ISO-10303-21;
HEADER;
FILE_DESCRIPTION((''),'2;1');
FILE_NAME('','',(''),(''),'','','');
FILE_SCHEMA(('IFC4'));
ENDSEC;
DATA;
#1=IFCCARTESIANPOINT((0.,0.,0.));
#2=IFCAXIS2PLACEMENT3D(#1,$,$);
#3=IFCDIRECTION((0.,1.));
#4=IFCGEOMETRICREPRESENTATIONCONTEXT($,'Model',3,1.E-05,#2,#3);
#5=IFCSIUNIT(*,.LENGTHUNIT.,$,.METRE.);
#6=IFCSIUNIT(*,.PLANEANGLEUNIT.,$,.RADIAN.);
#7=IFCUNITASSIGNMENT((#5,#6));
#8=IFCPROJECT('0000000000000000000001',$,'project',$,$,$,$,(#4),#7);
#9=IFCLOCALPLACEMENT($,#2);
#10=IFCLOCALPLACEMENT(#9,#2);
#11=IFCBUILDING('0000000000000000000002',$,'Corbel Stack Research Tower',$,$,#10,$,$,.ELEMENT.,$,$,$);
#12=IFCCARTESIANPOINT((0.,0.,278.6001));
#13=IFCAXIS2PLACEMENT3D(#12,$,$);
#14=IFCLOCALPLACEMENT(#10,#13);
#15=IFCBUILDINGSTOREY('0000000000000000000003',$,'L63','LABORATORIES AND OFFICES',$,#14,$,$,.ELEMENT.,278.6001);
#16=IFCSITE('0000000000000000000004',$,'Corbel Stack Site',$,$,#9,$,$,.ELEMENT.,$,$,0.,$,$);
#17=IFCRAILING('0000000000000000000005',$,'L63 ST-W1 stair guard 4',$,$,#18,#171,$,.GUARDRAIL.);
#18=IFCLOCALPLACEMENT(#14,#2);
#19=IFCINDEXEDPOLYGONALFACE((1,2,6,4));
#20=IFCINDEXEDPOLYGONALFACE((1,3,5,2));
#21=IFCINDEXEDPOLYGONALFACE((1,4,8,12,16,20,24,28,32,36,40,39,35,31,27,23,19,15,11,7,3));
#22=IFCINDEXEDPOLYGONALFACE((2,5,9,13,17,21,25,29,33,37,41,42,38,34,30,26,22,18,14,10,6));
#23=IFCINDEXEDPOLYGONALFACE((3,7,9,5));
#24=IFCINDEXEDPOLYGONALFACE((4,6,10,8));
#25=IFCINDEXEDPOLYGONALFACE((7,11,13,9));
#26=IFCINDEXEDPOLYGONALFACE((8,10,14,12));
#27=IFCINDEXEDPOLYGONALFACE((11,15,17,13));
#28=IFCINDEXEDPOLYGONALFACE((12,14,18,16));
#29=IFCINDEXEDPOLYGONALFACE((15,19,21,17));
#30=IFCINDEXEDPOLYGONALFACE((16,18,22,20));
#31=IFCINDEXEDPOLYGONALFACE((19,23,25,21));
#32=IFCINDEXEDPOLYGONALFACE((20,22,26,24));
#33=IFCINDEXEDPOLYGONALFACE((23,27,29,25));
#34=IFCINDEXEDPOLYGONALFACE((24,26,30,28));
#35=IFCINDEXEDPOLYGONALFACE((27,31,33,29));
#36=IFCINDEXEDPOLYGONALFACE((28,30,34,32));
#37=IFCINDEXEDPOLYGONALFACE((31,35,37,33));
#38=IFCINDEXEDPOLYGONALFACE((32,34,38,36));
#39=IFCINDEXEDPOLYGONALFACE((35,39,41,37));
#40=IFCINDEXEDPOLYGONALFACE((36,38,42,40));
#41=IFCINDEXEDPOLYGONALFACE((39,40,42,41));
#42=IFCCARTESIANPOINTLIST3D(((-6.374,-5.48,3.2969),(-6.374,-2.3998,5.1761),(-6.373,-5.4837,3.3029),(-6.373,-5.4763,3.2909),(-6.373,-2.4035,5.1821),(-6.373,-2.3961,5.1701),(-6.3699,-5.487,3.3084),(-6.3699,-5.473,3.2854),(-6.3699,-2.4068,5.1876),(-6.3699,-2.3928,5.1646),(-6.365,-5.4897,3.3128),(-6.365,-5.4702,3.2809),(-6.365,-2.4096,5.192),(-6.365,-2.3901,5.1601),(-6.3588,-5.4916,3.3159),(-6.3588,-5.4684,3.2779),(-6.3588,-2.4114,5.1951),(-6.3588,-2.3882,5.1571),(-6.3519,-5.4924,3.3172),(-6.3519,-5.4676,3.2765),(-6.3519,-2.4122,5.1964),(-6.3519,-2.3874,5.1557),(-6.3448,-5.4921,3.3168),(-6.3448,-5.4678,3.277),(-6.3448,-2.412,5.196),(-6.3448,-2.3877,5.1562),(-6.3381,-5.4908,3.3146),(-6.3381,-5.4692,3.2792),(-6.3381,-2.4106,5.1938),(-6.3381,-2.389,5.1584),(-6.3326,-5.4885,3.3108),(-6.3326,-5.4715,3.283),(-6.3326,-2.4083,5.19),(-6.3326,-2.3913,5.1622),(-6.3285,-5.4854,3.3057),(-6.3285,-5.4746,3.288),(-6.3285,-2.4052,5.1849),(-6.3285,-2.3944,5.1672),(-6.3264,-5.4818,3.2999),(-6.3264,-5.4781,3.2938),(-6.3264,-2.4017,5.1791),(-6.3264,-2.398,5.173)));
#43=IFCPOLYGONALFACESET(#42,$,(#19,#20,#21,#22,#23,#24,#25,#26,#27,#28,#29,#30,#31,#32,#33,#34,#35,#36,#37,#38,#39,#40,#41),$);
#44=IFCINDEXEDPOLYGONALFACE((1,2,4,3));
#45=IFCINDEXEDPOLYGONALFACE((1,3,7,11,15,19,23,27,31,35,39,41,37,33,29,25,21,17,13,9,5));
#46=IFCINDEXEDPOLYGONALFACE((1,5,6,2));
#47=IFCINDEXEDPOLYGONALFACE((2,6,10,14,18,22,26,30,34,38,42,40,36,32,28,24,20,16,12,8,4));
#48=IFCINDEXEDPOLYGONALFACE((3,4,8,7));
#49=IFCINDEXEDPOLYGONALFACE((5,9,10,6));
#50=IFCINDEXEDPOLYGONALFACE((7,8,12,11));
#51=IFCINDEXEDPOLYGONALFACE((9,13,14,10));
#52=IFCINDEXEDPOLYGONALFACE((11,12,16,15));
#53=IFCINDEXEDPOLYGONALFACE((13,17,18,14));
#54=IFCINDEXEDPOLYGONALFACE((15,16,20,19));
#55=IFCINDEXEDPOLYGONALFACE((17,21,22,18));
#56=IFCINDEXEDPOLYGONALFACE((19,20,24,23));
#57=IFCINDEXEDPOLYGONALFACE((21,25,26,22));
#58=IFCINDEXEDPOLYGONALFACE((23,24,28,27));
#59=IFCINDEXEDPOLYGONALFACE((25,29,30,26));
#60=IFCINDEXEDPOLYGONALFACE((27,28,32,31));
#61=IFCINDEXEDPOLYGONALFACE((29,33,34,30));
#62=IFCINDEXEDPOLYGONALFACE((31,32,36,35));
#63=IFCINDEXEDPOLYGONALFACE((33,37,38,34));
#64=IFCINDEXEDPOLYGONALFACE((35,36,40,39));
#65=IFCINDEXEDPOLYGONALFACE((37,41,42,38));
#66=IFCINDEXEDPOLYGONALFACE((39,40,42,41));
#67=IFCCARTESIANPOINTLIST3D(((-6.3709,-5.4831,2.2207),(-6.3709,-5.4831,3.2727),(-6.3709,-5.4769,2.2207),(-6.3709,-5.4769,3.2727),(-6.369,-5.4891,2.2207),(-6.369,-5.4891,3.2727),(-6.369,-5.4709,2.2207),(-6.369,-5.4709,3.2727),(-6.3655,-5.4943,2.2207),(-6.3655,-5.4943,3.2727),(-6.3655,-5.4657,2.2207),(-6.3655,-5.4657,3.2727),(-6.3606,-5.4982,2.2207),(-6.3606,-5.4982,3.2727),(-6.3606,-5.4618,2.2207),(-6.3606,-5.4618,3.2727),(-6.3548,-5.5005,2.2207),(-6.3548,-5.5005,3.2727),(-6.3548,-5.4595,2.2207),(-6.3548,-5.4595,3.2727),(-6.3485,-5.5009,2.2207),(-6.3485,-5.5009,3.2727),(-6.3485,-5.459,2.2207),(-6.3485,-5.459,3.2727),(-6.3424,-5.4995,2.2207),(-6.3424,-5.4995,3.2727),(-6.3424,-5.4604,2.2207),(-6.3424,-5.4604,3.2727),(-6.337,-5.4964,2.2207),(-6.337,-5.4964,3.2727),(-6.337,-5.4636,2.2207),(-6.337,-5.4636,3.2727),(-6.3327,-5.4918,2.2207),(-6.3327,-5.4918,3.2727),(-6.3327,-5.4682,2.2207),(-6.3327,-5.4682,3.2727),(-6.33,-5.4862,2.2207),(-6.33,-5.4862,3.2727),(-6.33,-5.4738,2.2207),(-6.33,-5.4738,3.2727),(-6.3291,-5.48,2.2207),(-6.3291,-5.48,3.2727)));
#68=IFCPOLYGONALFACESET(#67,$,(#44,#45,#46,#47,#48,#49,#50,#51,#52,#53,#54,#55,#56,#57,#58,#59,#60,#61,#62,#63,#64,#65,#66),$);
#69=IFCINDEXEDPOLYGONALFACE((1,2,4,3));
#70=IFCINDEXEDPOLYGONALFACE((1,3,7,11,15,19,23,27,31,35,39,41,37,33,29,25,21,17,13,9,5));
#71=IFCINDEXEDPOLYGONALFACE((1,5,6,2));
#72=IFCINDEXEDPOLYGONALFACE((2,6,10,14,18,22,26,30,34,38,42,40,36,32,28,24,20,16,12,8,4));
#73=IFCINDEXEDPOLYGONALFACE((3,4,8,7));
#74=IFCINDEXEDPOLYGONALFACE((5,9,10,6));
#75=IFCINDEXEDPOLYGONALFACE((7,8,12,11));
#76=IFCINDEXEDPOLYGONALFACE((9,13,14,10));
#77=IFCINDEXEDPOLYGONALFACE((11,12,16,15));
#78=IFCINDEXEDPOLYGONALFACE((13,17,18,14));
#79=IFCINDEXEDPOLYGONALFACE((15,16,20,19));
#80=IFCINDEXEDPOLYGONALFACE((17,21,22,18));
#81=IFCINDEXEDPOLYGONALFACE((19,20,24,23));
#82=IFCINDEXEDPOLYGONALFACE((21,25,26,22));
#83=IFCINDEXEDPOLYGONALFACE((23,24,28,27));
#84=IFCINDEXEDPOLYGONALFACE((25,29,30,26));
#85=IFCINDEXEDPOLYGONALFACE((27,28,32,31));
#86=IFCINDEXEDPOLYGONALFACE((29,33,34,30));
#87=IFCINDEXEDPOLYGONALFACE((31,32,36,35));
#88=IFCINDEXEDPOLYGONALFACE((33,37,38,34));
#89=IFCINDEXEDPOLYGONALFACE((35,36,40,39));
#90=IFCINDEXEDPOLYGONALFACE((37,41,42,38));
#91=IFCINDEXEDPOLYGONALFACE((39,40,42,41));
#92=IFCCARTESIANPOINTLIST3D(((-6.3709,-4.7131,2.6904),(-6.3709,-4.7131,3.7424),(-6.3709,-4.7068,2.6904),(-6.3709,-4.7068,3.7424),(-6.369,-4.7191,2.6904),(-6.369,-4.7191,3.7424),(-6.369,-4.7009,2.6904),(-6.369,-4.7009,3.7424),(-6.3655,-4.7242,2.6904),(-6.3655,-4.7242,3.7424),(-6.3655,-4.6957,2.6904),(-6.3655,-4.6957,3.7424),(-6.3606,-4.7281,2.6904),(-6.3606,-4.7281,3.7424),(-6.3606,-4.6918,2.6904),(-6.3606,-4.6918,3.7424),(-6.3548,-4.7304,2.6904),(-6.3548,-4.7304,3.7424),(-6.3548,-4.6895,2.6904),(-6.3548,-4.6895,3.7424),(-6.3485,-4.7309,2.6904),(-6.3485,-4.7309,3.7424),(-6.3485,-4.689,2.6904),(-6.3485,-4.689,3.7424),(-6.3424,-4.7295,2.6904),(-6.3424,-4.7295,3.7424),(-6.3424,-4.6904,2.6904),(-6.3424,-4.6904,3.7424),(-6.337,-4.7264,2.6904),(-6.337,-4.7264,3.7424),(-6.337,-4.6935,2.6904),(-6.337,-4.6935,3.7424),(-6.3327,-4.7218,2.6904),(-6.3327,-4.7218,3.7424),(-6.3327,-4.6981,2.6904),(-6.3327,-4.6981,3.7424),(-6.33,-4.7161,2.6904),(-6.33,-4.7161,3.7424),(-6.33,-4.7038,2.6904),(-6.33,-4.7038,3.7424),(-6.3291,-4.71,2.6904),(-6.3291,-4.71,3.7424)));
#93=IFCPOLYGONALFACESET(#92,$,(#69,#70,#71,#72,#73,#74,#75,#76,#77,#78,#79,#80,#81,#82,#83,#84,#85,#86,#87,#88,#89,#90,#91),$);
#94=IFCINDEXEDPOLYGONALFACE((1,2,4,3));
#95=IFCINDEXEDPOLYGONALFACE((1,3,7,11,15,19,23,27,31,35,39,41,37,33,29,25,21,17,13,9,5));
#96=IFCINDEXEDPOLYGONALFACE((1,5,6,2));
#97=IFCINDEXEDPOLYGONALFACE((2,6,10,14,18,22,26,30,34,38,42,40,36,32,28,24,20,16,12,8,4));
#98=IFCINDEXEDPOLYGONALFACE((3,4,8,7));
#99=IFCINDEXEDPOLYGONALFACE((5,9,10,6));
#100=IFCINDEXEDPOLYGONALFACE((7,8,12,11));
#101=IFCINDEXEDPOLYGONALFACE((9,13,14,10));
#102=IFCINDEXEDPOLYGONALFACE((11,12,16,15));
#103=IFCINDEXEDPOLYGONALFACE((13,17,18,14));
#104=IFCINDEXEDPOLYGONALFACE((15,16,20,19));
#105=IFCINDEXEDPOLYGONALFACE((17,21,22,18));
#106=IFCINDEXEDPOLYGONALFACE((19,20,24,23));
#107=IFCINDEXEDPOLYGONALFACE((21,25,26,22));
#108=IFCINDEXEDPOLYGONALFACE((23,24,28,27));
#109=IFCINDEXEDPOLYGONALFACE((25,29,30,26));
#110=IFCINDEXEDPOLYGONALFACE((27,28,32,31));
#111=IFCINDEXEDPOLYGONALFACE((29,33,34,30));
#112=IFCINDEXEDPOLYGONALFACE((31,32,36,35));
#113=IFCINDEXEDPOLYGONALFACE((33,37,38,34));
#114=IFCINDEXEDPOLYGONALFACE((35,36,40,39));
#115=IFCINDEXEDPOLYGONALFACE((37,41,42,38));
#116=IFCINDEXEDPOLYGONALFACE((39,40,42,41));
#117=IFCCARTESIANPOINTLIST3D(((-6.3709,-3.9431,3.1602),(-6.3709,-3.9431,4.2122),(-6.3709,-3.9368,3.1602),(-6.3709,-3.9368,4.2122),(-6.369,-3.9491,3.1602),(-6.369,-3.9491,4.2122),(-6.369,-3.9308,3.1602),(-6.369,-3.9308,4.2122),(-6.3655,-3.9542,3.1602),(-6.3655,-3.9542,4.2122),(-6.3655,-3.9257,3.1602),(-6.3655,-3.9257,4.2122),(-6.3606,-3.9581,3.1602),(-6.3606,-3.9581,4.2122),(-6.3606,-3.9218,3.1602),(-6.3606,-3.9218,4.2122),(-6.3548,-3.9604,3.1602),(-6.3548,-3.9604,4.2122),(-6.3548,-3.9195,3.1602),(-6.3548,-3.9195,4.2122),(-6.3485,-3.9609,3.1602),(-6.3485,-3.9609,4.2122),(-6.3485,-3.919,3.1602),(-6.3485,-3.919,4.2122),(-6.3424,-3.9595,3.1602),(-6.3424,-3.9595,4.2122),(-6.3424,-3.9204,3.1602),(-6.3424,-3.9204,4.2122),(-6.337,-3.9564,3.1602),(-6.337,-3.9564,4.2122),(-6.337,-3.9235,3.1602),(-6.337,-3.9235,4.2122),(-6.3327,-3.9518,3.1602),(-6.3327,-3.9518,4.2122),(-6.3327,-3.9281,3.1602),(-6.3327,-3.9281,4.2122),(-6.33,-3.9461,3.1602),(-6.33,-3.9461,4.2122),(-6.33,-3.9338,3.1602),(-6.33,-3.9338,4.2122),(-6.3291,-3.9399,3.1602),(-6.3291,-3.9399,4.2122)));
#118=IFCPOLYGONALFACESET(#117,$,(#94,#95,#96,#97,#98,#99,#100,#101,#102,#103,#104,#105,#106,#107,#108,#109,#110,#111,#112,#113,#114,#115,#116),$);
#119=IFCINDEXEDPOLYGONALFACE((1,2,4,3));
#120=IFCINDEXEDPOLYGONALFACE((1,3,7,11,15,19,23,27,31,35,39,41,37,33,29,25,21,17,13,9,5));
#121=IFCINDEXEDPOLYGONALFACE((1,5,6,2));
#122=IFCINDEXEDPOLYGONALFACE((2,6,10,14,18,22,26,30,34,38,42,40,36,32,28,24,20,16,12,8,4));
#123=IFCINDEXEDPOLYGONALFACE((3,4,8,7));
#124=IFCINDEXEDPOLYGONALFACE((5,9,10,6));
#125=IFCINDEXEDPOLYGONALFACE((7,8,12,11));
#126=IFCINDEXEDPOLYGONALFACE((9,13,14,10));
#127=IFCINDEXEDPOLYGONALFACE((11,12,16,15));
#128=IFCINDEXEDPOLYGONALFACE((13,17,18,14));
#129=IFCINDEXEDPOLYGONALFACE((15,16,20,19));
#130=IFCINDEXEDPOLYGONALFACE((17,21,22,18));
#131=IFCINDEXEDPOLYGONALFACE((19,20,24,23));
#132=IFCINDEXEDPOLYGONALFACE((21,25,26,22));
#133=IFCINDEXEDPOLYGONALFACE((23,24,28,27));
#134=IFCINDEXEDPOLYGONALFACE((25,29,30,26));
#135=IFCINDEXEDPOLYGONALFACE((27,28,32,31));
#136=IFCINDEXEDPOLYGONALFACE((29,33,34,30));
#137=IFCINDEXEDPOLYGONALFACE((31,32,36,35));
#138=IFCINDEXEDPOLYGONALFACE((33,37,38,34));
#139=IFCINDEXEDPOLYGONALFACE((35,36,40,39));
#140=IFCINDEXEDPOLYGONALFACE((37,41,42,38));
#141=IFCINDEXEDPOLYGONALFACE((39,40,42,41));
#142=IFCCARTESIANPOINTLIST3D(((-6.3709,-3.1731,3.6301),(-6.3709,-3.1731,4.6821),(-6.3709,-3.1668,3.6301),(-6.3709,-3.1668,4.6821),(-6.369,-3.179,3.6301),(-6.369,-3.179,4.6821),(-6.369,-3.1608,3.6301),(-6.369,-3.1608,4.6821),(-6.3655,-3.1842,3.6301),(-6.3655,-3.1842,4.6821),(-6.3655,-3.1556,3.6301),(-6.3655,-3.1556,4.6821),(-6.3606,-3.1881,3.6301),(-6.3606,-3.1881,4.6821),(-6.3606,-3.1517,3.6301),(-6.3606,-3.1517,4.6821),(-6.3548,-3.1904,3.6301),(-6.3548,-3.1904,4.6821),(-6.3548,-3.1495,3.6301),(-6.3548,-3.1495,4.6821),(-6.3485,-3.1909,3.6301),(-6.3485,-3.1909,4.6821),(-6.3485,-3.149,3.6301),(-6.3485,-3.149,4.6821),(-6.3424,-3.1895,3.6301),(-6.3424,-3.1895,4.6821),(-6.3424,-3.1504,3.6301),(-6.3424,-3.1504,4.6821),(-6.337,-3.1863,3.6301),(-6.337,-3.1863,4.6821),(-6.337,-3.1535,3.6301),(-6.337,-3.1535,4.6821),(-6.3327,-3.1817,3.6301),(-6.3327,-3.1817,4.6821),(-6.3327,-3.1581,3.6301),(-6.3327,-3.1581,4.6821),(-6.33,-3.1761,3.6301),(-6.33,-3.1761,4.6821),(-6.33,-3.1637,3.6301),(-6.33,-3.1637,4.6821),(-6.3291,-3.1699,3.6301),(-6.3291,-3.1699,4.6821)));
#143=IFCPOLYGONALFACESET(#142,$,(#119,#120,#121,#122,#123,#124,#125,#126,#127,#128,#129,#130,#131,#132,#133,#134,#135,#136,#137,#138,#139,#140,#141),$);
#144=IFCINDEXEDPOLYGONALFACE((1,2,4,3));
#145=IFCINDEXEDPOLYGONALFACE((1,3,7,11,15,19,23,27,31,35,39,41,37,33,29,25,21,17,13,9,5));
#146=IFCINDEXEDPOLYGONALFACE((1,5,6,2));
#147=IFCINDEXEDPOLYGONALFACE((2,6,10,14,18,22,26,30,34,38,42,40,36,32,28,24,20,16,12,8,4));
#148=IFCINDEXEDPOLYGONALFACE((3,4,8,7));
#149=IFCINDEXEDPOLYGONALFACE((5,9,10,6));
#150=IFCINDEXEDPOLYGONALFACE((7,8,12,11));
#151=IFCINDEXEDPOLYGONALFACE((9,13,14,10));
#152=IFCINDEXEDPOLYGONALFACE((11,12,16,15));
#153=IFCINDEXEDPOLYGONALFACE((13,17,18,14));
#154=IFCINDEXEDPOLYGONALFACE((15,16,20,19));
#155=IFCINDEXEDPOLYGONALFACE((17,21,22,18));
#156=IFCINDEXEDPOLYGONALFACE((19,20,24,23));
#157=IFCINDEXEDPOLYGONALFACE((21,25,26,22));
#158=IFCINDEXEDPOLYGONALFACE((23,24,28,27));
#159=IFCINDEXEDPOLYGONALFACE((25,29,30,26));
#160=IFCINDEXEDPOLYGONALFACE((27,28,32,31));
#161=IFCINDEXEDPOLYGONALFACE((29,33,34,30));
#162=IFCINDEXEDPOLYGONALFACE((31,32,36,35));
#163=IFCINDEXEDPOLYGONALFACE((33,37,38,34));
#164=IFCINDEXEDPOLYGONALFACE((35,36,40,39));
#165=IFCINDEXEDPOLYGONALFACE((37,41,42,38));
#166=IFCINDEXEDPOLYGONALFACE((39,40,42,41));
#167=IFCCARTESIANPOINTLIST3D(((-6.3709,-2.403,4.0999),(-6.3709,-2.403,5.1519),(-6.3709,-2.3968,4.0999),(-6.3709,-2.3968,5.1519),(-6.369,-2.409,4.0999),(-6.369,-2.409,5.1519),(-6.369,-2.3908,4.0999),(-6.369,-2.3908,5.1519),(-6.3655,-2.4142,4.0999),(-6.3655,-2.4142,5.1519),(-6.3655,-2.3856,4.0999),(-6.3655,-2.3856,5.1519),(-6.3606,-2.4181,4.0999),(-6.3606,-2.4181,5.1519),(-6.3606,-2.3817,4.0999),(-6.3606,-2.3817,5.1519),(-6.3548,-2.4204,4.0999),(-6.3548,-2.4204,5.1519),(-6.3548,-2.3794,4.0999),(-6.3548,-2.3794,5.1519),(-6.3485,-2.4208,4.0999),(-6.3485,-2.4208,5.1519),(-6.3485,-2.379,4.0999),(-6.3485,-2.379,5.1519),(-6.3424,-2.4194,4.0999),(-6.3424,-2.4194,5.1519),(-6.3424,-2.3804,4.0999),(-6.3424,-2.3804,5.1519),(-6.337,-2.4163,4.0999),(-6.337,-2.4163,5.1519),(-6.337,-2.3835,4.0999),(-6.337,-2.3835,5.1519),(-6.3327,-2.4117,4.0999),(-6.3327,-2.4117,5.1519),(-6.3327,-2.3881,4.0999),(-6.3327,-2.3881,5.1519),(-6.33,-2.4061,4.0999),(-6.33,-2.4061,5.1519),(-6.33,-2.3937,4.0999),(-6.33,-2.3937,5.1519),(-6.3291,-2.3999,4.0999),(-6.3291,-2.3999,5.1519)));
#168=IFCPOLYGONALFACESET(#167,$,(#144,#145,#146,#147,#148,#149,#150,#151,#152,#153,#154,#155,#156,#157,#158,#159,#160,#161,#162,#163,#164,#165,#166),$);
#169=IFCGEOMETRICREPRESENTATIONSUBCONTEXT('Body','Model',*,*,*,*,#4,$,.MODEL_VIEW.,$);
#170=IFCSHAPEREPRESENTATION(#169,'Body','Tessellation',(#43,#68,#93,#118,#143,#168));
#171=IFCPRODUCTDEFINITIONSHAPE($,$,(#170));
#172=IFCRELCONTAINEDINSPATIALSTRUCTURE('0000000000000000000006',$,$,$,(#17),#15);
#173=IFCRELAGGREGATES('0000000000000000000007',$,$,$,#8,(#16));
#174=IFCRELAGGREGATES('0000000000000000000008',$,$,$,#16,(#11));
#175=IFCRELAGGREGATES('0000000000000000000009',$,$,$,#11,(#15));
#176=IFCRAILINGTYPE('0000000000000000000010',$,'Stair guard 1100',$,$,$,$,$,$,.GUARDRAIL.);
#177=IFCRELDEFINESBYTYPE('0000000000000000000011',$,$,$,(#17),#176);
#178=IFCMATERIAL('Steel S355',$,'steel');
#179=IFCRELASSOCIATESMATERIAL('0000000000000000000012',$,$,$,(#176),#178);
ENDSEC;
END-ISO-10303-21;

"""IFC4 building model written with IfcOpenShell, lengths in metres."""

from ifc_helpers import new_model, si_unit, direction, frame, origin, origin_2d, place, context, subcontext, project, spatial, circle, extrude, material, type_object, element, save


model = new_model("IFC4")

# Units and contexts
model_context = context("Model", 3, precision=1e-05, world=origin(), true_north=direction((0.0, 1.0)))
body_context = subcontext(model_context, "Body", "Model", "MODEL_VIEW")
ifc_project = project(units=[si_unit("LENGTHUNIT", "METRE"), si_unit("PLANEANGLEUNIT", "RADIAN")], contexts=[model_context])

# Site, building, storey
site_placement = place(None, origin())
site = spatial("IfcSite", under=ifc_project, at=site_placement, Name="Corbel Stack Site", CompositionType="ELEMENT", RefElevation=0.0)
building_placement = place(site_placement, origin())
building = spatial("IfcBuilding", under=site, at=building_placement, Name="Corbel Stack Research Tower", CompositionType="ELEMENT")
storey_placement = place(building_placement, frame((0.0, 0.0, 278.6001)))
storey = spatial("IfcBuildingStorey", under=building, at=storey_placement, Name="L63", Description="LABORATORIES AND OFFICES", CompositionType="ELEMENT", Elevation=278.6001)

# Railing
ifc_material_1 = material(Name="Steel S355", Category="steel")
railing_type_1 = type_object("IfcRailingType", Name="Stair guard 1100", PredefinedType="GUARDRAIL", material=ifc_material_1)
railing_1_placement = place(storey_placement, frame((-6.3501, -5.48, 2.2207)))
element("IfcRailing", 1, at=railing_1_placement, inside=storey, type_object=railing_type_1, Name="L63 ST-W1 stair guard 4", PredefinedType="GUARDRAIL", context=body_context, shape_type="SweptSolid", body=[
    extrude(circle(Radius=0.0239, at=origin_2d()), frame((0.0, 0.0, 1.0762), z_axis=(0.0, 0.853666, 0.52082), x_axis=(-1.0, 0.0, 0.0)), (0.0, 0.0, 1.0), 3.6082),
    extrude(circle(Radius=0.021, at=origin_2d()), origin(), (0.0, 0.0, 1.0), 1.052),
    extrude(circle(Radius=0.021, at=origin_2d()), frame((0.0, 0.77, 0.4697)), (0.0, 0.0, 1.0), 1.052),
    extrude(circle(Radius=0.021, at=origin_2d()), frame((0.0, 1.54, 0.9395)), (0.0, 0.0, 1.0), 1.052),
    extrude(circle(Radius=0.021, at=origin_2d()), frame((0.0, 2.3101, 1.4094)), (0.0, 0.0, 1.0), 1.052),
    extrude(circle(Radius=0.021, at=origin_2d()), frame((0.0, 3.0801, 1.8792)), (0.0, 0.0, 1.0), 1.052),
])

save(model, "model.ifc")
